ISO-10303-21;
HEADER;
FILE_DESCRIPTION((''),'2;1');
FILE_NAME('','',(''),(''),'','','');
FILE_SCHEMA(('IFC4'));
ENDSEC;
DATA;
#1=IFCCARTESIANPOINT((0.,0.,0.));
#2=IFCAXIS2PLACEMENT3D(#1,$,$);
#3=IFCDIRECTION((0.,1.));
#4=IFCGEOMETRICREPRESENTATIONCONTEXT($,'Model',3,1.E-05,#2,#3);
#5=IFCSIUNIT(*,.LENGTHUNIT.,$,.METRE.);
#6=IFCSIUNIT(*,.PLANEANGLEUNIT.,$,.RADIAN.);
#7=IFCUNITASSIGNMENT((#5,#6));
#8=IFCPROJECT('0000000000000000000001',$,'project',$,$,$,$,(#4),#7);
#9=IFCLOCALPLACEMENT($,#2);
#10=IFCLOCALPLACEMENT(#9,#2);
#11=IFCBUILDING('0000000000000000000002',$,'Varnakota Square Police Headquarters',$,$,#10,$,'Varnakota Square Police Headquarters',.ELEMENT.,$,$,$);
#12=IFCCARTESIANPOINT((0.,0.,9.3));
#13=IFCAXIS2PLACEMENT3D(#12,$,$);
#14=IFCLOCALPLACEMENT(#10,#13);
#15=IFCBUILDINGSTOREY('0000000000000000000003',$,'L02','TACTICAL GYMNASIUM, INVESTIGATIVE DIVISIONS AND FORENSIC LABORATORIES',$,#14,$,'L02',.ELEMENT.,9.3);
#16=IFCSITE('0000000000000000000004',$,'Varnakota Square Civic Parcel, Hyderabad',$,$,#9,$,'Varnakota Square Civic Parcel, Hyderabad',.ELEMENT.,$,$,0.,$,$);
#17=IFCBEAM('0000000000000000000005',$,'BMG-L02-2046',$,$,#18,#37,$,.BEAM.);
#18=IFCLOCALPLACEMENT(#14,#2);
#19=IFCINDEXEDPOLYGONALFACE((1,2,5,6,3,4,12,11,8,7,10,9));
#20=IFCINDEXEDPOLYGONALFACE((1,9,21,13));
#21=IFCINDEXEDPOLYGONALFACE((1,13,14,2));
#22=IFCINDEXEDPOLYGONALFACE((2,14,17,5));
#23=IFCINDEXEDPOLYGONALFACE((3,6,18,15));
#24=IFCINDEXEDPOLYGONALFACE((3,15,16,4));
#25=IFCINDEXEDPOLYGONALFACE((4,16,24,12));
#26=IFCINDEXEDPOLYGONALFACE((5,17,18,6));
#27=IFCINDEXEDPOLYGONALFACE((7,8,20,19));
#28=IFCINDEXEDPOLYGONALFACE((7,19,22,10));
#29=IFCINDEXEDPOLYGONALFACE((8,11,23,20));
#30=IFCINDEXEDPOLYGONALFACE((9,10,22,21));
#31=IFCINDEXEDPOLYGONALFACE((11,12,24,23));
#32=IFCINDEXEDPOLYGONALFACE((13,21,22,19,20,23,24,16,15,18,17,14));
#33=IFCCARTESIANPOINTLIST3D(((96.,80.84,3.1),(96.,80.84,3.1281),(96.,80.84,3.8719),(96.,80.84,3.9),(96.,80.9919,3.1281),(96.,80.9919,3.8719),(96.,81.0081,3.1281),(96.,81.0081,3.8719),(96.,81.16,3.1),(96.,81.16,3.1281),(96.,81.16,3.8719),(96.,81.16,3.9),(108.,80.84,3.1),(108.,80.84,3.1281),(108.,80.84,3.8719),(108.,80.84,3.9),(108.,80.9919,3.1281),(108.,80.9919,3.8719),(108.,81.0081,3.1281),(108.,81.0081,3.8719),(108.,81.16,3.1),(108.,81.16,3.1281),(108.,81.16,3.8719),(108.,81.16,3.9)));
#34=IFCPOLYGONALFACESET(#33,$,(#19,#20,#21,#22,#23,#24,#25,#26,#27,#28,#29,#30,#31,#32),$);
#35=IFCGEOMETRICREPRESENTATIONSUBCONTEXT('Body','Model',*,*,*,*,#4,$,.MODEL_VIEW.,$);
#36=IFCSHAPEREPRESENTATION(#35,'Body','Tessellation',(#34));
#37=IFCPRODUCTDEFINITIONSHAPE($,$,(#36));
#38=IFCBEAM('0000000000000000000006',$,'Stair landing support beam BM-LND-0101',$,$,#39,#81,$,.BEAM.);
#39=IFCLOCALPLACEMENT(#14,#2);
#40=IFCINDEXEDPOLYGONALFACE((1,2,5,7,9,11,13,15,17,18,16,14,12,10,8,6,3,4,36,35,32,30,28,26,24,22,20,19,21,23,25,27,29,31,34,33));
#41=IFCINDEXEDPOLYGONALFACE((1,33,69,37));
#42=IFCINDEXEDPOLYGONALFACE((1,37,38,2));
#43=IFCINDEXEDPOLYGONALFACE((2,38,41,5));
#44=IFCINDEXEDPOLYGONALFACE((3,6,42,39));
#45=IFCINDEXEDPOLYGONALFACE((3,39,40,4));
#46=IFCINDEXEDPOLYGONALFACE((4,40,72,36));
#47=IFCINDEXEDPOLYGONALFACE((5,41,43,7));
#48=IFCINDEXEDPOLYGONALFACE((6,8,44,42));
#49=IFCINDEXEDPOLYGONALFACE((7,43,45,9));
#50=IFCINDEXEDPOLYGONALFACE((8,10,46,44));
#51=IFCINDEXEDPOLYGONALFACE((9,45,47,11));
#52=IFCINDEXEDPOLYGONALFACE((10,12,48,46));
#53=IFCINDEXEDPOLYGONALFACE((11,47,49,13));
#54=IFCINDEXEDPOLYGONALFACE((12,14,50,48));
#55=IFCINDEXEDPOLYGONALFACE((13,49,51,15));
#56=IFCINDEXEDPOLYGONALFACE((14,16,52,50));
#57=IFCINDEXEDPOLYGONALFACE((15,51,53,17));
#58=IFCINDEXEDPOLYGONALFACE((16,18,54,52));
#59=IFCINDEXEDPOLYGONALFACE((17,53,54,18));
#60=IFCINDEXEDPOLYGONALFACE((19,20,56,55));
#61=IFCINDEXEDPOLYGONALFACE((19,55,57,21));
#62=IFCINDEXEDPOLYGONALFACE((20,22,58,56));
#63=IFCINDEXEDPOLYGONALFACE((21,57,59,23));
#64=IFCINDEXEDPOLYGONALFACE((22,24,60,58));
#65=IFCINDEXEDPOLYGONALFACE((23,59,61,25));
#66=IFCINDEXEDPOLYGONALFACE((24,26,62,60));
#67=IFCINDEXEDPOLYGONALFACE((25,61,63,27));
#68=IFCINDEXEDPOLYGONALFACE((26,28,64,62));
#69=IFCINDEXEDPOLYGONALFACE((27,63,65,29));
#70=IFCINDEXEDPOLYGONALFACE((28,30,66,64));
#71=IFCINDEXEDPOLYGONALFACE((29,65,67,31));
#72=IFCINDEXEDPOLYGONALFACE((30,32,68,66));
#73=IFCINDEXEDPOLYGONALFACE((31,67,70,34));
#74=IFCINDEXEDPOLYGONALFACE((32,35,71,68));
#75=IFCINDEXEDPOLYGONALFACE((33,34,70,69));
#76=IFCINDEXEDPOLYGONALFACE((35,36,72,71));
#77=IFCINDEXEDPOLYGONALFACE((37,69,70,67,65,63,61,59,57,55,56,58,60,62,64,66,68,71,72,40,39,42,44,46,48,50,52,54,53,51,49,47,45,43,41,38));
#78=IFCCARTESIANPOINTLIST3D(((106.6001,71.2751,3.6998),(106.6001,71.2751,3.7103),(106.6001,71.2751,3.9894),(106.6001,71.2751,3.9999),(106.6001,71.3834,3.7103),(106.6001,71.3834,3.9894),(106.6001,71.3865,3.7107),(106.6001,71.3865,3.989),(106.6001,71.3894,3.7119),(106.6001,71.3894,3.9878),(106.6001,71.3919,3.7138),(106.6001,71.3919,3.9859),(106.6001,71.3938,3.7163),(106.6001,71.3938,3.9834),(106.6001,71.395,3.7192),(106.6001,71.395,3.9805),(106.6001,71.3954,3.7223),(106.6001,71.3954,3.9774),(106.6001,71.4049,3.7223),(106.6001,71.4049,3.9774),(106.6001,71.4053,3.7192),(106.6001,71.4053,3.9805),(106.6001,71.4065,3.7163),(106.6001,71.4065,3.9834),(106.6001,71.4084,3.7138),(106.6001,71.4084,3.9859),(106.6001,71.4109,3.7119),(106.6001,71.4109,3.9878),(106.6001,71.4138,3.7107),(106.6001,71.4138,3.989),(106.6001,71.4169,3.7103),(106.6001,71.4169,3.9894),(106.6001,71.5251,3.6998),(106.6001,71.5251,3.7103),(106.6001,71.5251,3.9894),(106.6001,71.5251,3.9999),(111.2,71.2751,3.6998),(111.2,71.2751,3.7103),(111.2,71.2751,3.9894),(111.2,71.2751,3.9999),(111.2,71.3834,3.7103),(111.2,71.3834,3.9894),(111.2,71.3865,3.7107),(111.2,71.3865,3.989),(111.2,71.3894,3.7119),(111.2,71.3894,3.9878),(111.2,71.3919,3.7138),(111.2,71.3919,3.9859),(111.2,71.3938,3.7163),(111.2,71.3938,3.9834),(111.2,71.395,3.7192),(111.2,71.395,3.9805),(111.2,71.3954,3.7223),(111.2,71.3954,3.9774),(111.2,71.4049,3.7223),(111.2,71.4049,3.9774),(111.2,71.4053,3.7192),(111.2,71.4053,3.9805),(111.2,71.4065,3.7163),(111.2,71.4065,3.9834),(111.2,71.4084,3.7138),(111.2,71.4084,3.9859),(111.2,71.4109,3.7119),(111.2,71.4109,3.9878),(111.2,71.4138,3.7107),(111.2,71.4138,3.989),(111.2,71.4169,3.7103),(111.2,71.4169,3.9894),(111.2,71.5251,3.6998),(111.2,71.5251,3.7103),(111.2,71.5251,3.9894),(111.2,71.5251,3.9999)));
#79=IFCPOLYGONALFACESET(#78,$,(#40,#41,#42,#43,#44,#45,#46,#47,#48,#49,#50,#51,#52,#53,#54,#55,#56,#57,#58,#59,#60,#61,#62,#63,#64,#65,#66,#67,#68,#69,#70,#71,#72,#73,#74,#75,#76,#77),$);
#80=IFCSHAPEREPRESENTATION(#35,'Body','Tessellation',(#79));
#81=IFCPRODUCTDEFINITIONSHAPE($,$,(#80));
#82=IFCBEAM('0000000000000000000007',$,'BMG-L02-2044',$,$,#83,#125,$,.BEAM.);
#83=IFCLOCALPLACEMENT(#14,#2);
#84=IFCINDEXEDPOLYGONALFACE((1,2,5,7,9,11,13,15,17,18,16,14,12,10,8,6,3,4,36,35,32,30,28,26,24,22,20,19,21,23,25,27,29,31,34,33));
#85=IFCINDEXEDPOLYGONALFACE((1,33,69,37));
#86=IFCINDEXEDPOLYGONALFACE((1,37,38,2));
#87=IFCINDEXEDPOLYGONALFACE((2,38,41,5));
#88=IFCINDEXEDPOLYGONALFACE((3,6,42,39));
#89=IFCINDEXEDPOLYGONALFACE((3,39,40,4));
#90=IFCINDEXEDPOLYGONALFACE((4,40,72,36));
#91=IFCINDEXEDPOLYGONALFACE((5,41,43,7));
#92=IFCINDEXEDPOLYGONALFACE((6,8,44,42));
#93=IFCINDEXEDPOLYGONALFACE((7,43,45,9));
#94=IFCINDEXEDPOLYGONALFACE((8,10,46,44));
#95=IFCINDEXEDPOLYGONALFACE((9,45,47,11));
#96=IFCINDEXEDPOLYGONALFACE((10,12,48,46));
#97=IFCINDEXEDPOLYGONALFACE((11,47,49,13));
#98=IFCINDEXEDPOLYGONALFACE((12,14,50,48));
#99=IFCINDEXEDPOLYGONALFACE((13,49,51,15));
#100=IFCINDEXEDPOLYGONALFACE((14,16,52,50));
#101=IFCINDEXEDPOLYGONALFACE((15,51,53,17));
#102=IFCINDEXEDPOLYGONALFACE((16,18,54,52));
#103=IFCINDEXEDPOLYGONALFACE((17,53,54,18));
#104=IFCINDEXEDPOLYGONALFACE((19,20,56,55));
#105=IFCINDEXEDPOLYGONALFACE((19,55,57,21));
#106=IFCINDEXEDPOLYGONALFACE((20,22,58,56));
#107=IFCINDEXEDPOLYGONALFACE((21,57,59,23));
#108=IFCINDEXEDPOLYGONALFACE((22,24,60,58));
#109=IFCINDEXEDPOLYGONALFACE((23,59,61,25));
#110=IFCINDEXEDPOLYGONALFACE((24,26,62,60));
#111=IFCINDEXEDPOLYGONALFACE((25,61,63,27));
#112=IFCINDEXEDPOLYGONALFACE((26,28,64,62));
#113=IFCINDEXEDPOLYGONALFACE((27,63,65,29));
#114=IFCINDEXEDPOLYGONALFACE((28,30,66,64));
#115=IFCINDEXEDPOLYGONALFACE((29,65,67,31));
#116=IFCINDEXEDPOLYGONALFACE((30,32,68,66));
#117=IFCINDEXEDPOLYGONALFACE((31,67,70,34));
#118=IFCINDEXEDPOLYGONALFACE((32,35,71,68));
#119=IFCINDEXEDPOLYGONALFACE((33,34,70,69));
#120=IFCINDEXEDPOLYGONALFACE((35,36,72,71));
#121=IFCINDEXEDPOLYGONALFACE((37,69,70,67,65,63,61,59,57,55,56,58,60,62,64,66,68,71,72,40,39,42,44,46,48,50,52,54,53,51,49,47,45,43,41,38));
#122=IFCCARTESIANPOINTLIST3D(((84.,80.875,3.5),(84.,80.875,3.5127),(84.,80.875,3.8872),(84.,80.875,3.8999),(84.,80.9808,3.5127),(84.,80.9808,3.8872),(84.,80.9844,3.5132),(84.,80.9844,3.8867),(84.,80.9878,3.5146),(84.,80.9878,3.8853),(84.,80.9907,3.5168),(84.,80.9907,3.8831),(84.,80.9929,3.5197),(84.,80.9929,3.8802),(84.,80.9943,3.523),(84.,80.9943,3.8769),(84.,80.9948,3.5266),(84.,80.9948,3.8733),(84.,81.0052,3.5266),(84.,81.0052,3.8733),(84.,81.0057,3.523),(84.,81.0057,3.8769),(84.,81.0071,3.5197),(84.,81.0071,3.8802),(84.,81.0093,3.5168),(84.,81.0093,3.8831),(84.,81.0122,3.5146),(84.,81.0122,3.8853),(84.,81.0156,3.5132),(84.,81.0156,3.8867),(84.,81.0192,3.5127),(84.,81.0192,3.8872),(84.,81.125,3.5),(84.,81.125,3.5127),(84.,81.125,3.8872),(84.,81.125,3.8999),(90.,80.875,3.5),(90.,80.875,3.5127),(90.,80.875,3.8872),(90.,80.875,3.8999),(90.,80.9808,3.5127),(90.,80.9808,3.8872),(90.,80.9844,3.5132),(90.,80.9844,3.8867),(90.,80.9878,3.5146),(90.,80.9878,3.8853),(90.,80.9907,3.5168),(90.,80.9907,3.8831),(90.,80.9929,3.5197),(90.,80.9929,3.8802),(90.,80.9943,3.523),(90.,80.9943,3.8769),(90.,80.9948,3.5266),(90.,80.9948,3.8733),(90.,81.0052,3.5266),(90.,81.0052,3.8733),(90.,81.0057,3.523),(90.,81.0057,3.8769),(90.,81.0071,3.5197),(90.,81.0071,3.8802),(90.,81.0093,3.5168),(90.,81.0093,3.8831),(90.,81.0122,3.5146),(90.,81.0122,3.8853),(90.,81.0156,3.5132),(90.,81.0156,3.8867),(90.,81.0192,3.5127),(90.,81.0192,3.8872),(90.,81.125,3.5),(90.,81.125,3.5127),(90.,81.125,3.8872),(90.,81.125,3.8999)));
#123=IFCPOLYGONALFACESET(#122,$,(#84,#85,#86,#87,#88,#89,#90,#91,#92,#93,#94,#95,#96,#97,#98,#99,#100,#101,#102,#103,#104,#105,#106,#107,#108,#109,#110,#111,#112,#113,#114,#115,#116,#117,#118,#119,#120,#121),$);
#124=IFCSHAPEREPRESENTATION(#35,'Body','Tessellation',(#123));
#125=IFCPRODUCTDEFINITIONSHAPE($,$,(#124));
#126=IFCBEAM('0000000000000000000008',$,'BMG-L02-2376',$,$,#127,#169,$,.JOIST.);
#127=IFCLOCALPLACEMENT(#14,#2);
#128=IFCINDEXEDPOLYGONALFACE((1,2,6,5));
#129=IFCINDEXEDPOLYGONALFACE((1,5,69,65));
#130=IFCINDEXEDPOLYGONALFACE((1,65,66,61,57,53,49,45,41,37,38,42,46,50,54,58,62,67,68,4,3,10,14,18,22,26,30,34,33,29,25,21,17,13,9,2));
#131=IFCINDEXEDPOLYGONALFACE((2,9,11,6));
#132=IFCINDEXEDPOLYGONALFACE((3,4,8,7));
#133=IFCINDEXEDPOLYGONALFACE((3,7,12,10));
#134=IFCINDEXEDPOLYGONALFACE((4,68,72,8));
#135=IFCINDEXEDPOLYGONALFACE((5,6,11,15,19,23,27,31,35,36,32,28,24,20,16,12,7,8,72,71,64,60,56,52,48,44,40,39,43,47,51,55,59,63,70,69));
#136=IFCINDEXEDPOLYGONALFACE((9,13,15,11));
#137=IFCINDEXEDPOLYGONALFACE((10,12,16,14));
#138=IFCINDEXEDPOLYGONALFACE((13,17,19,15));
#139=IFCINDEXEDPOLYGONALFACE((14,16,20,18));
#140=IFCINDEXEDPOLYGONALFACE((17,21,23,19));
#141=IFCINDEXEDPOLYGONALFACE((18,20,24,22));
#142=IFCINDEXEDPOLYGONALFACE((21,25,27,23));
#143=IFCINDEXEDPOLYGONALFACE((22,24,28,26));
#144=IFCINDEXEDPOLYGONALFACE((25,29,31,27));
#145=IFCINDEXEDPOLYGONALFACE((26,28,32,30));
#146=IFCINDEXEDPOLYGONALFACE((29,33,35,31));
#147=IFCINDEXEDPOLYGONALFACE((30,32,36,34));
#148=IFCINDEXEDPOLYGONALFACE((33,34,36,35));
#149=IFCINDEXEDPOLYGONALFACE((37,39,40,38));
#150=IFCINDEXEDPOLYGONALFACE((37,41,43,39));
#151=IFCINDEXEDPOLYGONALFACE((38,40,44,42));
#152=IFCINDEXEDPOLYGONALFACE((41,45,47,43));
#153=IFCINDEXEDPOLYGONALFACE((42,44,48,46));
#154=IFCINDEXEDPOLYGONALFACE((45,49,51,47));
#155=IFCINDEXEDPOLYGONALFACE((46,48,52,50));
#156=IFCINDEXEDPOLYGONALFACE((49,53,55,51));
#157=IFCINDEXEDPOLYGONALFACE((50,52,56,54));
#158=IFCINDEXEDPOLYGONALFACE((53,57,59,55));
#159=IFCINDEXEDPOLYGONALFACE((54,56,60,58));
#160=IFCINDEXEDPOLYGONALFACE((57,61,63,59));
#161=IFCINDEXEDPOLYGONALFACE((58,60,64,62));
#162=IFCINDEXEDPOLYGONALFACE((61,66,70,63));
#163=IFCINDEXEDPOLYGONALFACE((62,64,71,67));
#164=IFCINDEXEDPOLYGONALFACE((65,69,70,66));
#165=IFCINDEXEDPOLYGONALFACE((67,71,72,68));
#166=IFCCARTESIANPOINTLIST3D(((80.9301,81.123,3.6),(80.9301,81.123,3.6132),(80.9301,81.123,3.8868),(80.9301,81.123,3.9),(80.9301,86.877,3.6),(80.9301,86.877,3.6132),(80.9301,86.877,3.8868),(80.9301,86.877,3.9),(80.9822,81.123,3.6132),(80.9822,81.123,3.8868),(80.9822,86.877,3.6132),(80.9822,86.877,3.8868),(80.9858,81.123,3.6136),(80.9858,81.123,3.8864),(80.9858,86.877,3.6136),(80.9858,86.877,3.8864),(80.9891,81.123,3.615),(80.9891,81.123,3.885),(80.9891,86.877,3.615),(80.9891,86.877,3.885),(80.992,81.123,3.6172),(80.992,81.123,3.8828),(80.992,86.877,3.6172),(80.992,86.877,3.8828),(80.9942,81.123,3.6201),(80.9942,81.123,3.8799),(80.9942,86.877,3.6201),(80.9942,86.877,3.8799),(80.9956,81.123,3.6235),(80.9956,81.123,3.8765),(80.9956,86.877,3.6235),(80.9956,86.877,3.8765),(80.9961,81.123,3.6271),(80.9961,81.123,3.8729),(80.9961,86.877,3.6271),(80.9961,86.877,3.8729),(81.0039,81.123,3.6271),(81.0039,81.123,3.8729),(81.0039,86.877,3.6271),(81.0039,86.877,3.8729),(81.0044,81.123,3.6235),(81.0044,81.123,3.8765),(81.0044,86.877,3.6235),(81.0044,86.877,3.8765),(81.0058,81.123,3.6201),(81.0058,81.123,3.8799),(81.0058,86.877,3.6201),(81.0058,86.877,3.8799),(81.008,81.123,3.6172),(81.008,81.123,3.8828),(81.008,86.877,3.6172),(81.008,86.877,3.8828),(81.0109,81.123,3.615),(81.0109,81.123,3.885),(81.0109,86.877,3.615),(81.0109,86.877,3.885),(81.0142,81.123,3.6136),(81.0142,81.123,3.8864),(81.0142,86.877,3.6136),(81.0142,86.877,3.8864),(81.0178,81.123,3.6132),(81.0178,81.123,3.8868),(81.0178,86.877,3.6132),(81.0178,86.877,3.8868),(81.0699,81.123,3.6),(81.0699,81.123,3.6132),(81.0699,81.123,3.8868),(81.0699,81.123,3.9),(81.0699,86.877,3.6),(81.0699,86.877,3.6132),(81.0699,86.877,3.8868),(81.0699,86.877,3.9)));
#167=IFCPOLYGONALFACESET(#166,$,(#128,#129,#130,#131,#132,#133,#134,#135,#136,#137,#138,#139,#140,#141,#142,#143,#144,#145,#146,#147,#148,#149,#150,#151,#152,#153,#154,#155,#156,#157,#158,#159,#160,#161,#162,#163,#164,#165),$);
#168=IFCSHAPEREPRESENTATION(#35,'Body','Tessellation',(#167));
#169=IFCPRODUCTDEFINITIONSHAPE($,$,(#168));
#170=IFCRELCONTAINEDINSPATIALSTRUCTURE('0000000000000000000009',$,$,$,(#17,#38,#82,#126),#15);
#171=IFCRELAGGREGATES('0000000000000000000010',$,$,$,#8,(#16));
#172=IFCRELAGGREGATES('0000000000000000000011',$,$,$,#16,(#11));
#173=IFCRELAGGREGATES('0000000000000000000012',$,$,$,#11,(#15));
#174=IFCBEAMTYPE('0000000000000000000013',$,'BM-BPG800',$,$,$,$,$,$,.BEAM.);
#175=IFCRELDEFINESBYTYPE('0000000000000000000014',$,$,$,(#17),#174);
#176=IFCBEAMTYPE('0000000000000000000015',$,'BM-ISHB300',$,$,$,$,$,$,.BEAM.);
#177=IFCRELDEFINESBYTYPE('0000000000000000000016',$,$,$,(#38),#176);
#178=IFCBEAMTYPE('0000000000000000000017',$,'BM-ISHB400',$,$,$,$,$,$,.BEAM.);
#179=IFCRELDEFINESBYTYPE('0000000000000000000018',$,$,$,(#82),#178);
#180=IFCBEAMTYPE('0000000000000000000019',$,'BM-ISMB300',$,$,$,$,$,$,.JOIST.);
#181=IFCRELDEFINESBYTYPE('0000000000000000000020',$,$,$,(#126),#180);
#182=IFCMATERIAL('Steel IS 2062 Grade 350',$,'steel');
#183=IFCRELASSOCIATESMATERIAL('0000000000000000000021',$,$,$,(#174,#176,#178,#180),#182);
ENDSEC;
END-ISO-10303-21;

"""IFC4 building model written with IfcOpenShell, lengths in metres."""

from ifc_helpers import new_model, si_unit, direction, frame, origin, origin_2d, place, context, subcontext, project, spatial, i_section, extrude, material, material_profile, profile_set, type_object, element, save


model = new_model("IFC4")

# Units and contexts
model_context = context("Model", 3, precision=1e-05, world=origin(), true_north=direction((0.0, 1.0)))
body_context = subcontext(model_context, "Body", "Model", "MODEL_VIEW")
ifc_project = project(units=[si_unit("LENGTHUNIT", "METRE"), si_unit("PLANEANGLEUNIT", "RADIAN")], contexts=[model_context])

# Site, building, storey
site_placement = place(None, origin())
site = spatial("IfcSite", under=ifc_project, at=site_placement, Name="Varnakota Square Civic Parcel, Hyderabad", LongName="Varnakota Square Civic Parcel, Hyderabad", CompositionType="ELEMENT", RefElevation=0.0)
building_placement = place(site_placement, origin())
building = spatial("IfcBuilding", under=site, at=building_placement, Name="Varnakota Square Police Headquarters", LongName="Varnakota Square Police Headquarters", CompositionType="ELEMENT")
storey_placement = place(building_placement, frame((0.0, 0.0, 9.3)))
storey = spatial("IfcBuildingStorey", under=building, at=storey_placement, Name="L02", Description="TACTICAL GYMNASIUM, INVESTIGATIVE DIVISIONS AND FORENSIC LABORATORIES", LongName="L02", CompositionType="ELEMENT", Elevation=9.3)

# Shared definitions
ifc_material_1 = material(Name="Steel IS 2062 Grade 350", Category="steel")

# Beams
ifc_material_profile_1 = material_profile(ifc_material_1, i_section(OverallWidth=0.3201, OverallDepth=0.8, WebThickness=0.0161, FlangeThickness=0.0281, at=origin_2d()), Name="BPG 800x320")
ifc_profile_set_1 = profile_set([ifc_material_profile_1], Name="Steel IS 2062 Grade 350")
beam_type_1 = type_object("IfcBeamType", Name="BM-BPG800", PredefinedType="BEAM", material=ifc_profile_set_1)
beam_1_placement = place(storey_placement, frame((96.0, 81.0, 3.5), z_axis=(1.0, 0.0, 0.0), x_axis=(0.0, 1.0, 0.0)))
element("IfcBeam", 1, at=beam_1_placement, inside=storey, type_object=beam_type_1, Name="BMG-L02-2046", PredefinedType="BEAM", context=body_context, shape_type="SweptSolid", body=[
    extrude(i_section(OverallWidth=0.3201, OverallDepth=0.8, WebThickness=0.0161, FlangeThickness=0.0281, at=origin_2d()), origin(), (0.0, 0.0, 1.0), 12.0),
])
ifc_material_profile_2 = material_profile(ifc_material_1, i_section(OverallWidth=0.25, OverallDepth=0.3, WebThickness=0.0095, FlangeThickness=0.0105, FilletRadius=0.012, at=origin_2d()), Name="ISHB 300")
ifc_profile_set_2 = profile_set([ifc_material_profile_2], Name="Steel IS 2062 Grade 350")
beam_type_2 = type_object("IfcBeamType", Name="BM-ISHB300", PredefinedType="BEAM", material=ifc_profile_set_2)
beam_2_placement = place(storey_placement, frame((106.6001, 71.4001, 3.8499), z_axis=(1.0, 0.0, 0.0), x_axis=(0.0, 1.0, 0.0)))
element("IfcBeam", 2, at=beam_2_placement, inside=storey, type_object=beam_type_2, Name="Stair landing support beam BM-LND-0101", PredefinedType="BEAM", context=body_context, shape_type="SweptSolid", body=[
    extrude(i_section(OverallWidth=0.25, OverallDepth=0.3, WebThickness=0.0095, FlangeThickness=0.0105, FilletRadius=0.012, at=origin_2d()), origin(), (0.0, 0.0, 1.0), 4.5999),
])
ifc_material_profile_3 = material_profile(ifc_material_1, i_section(OverallWidth=0.25, OverallDepth=0.3999, WebThickness=0.0105, FlangeThickness=0.0127, FilletRadius=0.0139, at=origin_2d()), Name="ISHB 400")
ifc_profile_set_3 = profile_set([ifc_material_profile_3], Name="Steel IS 2062 Grade 350")
beam_type_3 = type_object("IfcBeamType", Name="BM-ISHB400", PredefinedType="BEAM", material=ifc_profile_set_3)
beam_3_placement = place(storey_placement, frame((84.0, 81.0, 3.7), z_axis=(1.0, 0.0, 0.0), x_axis=(0.0, 1.0, 0.0)))
element("IfcBeam", 3, at=beam_3_placement, inside=storey, type_object=beam_type_3, Name="BMG-L02-2044", PredefinedType="BEAM", context=body_context, shape_type="SweptSolid", body=[
    extrude(i_section(OverallWidth=0.25, OverallDepth=0.3999, WebThickness=0.0105, FlangeThickness=0.0127, FilletRadius=0.0139, at=origin_2d()), origin(), (0.0, 0.0, 1.0), 6.0),
])
ifc_material_profile_4 = material_profile(ifc_material_1, i_section(OverallWidth=0.1399, OverallDepth=0.3, WebThickness=0.0078, FlangeThickness=0.0132, FilletRadius=0.0139, at=origin_2d()), Name="ISMB 300")
ifc_profile_set_4 = profile_set([ifc_material_profile_4], Name="Steel IS 2062 Grade 350")
beam_type_4 = type_object("IfcBeamType", Name="BM-ISMB300", PredefinedType="JOIST", material=ifc_profile_set_4)
beam_4_placement = place(storey_placement, frame((81.0, 81.123, 3.75), z_axis=(0.0, 1.0, 0.0), x_axis=(-1.0, 0.0, 0.0)))
element("IfcBeam", 4, at=beam_4_placement, inside=storey, type_object=beam_type_4, Name="BMG-L02-2376", PredefinedType="JOIST", context=body_context, shape_type="SweptSolid", body=[
    extrude(i_section(OverallWidth=0.1399, OverallDepth=0.3, WebThickness=0.0078, FlangeThickness=0.0132, FilletRadius=0.0139, at=origin_2d()), origin(), (0.0, 0.0, 1.0), 5.7539),
])

save(model, "model.ifc")
